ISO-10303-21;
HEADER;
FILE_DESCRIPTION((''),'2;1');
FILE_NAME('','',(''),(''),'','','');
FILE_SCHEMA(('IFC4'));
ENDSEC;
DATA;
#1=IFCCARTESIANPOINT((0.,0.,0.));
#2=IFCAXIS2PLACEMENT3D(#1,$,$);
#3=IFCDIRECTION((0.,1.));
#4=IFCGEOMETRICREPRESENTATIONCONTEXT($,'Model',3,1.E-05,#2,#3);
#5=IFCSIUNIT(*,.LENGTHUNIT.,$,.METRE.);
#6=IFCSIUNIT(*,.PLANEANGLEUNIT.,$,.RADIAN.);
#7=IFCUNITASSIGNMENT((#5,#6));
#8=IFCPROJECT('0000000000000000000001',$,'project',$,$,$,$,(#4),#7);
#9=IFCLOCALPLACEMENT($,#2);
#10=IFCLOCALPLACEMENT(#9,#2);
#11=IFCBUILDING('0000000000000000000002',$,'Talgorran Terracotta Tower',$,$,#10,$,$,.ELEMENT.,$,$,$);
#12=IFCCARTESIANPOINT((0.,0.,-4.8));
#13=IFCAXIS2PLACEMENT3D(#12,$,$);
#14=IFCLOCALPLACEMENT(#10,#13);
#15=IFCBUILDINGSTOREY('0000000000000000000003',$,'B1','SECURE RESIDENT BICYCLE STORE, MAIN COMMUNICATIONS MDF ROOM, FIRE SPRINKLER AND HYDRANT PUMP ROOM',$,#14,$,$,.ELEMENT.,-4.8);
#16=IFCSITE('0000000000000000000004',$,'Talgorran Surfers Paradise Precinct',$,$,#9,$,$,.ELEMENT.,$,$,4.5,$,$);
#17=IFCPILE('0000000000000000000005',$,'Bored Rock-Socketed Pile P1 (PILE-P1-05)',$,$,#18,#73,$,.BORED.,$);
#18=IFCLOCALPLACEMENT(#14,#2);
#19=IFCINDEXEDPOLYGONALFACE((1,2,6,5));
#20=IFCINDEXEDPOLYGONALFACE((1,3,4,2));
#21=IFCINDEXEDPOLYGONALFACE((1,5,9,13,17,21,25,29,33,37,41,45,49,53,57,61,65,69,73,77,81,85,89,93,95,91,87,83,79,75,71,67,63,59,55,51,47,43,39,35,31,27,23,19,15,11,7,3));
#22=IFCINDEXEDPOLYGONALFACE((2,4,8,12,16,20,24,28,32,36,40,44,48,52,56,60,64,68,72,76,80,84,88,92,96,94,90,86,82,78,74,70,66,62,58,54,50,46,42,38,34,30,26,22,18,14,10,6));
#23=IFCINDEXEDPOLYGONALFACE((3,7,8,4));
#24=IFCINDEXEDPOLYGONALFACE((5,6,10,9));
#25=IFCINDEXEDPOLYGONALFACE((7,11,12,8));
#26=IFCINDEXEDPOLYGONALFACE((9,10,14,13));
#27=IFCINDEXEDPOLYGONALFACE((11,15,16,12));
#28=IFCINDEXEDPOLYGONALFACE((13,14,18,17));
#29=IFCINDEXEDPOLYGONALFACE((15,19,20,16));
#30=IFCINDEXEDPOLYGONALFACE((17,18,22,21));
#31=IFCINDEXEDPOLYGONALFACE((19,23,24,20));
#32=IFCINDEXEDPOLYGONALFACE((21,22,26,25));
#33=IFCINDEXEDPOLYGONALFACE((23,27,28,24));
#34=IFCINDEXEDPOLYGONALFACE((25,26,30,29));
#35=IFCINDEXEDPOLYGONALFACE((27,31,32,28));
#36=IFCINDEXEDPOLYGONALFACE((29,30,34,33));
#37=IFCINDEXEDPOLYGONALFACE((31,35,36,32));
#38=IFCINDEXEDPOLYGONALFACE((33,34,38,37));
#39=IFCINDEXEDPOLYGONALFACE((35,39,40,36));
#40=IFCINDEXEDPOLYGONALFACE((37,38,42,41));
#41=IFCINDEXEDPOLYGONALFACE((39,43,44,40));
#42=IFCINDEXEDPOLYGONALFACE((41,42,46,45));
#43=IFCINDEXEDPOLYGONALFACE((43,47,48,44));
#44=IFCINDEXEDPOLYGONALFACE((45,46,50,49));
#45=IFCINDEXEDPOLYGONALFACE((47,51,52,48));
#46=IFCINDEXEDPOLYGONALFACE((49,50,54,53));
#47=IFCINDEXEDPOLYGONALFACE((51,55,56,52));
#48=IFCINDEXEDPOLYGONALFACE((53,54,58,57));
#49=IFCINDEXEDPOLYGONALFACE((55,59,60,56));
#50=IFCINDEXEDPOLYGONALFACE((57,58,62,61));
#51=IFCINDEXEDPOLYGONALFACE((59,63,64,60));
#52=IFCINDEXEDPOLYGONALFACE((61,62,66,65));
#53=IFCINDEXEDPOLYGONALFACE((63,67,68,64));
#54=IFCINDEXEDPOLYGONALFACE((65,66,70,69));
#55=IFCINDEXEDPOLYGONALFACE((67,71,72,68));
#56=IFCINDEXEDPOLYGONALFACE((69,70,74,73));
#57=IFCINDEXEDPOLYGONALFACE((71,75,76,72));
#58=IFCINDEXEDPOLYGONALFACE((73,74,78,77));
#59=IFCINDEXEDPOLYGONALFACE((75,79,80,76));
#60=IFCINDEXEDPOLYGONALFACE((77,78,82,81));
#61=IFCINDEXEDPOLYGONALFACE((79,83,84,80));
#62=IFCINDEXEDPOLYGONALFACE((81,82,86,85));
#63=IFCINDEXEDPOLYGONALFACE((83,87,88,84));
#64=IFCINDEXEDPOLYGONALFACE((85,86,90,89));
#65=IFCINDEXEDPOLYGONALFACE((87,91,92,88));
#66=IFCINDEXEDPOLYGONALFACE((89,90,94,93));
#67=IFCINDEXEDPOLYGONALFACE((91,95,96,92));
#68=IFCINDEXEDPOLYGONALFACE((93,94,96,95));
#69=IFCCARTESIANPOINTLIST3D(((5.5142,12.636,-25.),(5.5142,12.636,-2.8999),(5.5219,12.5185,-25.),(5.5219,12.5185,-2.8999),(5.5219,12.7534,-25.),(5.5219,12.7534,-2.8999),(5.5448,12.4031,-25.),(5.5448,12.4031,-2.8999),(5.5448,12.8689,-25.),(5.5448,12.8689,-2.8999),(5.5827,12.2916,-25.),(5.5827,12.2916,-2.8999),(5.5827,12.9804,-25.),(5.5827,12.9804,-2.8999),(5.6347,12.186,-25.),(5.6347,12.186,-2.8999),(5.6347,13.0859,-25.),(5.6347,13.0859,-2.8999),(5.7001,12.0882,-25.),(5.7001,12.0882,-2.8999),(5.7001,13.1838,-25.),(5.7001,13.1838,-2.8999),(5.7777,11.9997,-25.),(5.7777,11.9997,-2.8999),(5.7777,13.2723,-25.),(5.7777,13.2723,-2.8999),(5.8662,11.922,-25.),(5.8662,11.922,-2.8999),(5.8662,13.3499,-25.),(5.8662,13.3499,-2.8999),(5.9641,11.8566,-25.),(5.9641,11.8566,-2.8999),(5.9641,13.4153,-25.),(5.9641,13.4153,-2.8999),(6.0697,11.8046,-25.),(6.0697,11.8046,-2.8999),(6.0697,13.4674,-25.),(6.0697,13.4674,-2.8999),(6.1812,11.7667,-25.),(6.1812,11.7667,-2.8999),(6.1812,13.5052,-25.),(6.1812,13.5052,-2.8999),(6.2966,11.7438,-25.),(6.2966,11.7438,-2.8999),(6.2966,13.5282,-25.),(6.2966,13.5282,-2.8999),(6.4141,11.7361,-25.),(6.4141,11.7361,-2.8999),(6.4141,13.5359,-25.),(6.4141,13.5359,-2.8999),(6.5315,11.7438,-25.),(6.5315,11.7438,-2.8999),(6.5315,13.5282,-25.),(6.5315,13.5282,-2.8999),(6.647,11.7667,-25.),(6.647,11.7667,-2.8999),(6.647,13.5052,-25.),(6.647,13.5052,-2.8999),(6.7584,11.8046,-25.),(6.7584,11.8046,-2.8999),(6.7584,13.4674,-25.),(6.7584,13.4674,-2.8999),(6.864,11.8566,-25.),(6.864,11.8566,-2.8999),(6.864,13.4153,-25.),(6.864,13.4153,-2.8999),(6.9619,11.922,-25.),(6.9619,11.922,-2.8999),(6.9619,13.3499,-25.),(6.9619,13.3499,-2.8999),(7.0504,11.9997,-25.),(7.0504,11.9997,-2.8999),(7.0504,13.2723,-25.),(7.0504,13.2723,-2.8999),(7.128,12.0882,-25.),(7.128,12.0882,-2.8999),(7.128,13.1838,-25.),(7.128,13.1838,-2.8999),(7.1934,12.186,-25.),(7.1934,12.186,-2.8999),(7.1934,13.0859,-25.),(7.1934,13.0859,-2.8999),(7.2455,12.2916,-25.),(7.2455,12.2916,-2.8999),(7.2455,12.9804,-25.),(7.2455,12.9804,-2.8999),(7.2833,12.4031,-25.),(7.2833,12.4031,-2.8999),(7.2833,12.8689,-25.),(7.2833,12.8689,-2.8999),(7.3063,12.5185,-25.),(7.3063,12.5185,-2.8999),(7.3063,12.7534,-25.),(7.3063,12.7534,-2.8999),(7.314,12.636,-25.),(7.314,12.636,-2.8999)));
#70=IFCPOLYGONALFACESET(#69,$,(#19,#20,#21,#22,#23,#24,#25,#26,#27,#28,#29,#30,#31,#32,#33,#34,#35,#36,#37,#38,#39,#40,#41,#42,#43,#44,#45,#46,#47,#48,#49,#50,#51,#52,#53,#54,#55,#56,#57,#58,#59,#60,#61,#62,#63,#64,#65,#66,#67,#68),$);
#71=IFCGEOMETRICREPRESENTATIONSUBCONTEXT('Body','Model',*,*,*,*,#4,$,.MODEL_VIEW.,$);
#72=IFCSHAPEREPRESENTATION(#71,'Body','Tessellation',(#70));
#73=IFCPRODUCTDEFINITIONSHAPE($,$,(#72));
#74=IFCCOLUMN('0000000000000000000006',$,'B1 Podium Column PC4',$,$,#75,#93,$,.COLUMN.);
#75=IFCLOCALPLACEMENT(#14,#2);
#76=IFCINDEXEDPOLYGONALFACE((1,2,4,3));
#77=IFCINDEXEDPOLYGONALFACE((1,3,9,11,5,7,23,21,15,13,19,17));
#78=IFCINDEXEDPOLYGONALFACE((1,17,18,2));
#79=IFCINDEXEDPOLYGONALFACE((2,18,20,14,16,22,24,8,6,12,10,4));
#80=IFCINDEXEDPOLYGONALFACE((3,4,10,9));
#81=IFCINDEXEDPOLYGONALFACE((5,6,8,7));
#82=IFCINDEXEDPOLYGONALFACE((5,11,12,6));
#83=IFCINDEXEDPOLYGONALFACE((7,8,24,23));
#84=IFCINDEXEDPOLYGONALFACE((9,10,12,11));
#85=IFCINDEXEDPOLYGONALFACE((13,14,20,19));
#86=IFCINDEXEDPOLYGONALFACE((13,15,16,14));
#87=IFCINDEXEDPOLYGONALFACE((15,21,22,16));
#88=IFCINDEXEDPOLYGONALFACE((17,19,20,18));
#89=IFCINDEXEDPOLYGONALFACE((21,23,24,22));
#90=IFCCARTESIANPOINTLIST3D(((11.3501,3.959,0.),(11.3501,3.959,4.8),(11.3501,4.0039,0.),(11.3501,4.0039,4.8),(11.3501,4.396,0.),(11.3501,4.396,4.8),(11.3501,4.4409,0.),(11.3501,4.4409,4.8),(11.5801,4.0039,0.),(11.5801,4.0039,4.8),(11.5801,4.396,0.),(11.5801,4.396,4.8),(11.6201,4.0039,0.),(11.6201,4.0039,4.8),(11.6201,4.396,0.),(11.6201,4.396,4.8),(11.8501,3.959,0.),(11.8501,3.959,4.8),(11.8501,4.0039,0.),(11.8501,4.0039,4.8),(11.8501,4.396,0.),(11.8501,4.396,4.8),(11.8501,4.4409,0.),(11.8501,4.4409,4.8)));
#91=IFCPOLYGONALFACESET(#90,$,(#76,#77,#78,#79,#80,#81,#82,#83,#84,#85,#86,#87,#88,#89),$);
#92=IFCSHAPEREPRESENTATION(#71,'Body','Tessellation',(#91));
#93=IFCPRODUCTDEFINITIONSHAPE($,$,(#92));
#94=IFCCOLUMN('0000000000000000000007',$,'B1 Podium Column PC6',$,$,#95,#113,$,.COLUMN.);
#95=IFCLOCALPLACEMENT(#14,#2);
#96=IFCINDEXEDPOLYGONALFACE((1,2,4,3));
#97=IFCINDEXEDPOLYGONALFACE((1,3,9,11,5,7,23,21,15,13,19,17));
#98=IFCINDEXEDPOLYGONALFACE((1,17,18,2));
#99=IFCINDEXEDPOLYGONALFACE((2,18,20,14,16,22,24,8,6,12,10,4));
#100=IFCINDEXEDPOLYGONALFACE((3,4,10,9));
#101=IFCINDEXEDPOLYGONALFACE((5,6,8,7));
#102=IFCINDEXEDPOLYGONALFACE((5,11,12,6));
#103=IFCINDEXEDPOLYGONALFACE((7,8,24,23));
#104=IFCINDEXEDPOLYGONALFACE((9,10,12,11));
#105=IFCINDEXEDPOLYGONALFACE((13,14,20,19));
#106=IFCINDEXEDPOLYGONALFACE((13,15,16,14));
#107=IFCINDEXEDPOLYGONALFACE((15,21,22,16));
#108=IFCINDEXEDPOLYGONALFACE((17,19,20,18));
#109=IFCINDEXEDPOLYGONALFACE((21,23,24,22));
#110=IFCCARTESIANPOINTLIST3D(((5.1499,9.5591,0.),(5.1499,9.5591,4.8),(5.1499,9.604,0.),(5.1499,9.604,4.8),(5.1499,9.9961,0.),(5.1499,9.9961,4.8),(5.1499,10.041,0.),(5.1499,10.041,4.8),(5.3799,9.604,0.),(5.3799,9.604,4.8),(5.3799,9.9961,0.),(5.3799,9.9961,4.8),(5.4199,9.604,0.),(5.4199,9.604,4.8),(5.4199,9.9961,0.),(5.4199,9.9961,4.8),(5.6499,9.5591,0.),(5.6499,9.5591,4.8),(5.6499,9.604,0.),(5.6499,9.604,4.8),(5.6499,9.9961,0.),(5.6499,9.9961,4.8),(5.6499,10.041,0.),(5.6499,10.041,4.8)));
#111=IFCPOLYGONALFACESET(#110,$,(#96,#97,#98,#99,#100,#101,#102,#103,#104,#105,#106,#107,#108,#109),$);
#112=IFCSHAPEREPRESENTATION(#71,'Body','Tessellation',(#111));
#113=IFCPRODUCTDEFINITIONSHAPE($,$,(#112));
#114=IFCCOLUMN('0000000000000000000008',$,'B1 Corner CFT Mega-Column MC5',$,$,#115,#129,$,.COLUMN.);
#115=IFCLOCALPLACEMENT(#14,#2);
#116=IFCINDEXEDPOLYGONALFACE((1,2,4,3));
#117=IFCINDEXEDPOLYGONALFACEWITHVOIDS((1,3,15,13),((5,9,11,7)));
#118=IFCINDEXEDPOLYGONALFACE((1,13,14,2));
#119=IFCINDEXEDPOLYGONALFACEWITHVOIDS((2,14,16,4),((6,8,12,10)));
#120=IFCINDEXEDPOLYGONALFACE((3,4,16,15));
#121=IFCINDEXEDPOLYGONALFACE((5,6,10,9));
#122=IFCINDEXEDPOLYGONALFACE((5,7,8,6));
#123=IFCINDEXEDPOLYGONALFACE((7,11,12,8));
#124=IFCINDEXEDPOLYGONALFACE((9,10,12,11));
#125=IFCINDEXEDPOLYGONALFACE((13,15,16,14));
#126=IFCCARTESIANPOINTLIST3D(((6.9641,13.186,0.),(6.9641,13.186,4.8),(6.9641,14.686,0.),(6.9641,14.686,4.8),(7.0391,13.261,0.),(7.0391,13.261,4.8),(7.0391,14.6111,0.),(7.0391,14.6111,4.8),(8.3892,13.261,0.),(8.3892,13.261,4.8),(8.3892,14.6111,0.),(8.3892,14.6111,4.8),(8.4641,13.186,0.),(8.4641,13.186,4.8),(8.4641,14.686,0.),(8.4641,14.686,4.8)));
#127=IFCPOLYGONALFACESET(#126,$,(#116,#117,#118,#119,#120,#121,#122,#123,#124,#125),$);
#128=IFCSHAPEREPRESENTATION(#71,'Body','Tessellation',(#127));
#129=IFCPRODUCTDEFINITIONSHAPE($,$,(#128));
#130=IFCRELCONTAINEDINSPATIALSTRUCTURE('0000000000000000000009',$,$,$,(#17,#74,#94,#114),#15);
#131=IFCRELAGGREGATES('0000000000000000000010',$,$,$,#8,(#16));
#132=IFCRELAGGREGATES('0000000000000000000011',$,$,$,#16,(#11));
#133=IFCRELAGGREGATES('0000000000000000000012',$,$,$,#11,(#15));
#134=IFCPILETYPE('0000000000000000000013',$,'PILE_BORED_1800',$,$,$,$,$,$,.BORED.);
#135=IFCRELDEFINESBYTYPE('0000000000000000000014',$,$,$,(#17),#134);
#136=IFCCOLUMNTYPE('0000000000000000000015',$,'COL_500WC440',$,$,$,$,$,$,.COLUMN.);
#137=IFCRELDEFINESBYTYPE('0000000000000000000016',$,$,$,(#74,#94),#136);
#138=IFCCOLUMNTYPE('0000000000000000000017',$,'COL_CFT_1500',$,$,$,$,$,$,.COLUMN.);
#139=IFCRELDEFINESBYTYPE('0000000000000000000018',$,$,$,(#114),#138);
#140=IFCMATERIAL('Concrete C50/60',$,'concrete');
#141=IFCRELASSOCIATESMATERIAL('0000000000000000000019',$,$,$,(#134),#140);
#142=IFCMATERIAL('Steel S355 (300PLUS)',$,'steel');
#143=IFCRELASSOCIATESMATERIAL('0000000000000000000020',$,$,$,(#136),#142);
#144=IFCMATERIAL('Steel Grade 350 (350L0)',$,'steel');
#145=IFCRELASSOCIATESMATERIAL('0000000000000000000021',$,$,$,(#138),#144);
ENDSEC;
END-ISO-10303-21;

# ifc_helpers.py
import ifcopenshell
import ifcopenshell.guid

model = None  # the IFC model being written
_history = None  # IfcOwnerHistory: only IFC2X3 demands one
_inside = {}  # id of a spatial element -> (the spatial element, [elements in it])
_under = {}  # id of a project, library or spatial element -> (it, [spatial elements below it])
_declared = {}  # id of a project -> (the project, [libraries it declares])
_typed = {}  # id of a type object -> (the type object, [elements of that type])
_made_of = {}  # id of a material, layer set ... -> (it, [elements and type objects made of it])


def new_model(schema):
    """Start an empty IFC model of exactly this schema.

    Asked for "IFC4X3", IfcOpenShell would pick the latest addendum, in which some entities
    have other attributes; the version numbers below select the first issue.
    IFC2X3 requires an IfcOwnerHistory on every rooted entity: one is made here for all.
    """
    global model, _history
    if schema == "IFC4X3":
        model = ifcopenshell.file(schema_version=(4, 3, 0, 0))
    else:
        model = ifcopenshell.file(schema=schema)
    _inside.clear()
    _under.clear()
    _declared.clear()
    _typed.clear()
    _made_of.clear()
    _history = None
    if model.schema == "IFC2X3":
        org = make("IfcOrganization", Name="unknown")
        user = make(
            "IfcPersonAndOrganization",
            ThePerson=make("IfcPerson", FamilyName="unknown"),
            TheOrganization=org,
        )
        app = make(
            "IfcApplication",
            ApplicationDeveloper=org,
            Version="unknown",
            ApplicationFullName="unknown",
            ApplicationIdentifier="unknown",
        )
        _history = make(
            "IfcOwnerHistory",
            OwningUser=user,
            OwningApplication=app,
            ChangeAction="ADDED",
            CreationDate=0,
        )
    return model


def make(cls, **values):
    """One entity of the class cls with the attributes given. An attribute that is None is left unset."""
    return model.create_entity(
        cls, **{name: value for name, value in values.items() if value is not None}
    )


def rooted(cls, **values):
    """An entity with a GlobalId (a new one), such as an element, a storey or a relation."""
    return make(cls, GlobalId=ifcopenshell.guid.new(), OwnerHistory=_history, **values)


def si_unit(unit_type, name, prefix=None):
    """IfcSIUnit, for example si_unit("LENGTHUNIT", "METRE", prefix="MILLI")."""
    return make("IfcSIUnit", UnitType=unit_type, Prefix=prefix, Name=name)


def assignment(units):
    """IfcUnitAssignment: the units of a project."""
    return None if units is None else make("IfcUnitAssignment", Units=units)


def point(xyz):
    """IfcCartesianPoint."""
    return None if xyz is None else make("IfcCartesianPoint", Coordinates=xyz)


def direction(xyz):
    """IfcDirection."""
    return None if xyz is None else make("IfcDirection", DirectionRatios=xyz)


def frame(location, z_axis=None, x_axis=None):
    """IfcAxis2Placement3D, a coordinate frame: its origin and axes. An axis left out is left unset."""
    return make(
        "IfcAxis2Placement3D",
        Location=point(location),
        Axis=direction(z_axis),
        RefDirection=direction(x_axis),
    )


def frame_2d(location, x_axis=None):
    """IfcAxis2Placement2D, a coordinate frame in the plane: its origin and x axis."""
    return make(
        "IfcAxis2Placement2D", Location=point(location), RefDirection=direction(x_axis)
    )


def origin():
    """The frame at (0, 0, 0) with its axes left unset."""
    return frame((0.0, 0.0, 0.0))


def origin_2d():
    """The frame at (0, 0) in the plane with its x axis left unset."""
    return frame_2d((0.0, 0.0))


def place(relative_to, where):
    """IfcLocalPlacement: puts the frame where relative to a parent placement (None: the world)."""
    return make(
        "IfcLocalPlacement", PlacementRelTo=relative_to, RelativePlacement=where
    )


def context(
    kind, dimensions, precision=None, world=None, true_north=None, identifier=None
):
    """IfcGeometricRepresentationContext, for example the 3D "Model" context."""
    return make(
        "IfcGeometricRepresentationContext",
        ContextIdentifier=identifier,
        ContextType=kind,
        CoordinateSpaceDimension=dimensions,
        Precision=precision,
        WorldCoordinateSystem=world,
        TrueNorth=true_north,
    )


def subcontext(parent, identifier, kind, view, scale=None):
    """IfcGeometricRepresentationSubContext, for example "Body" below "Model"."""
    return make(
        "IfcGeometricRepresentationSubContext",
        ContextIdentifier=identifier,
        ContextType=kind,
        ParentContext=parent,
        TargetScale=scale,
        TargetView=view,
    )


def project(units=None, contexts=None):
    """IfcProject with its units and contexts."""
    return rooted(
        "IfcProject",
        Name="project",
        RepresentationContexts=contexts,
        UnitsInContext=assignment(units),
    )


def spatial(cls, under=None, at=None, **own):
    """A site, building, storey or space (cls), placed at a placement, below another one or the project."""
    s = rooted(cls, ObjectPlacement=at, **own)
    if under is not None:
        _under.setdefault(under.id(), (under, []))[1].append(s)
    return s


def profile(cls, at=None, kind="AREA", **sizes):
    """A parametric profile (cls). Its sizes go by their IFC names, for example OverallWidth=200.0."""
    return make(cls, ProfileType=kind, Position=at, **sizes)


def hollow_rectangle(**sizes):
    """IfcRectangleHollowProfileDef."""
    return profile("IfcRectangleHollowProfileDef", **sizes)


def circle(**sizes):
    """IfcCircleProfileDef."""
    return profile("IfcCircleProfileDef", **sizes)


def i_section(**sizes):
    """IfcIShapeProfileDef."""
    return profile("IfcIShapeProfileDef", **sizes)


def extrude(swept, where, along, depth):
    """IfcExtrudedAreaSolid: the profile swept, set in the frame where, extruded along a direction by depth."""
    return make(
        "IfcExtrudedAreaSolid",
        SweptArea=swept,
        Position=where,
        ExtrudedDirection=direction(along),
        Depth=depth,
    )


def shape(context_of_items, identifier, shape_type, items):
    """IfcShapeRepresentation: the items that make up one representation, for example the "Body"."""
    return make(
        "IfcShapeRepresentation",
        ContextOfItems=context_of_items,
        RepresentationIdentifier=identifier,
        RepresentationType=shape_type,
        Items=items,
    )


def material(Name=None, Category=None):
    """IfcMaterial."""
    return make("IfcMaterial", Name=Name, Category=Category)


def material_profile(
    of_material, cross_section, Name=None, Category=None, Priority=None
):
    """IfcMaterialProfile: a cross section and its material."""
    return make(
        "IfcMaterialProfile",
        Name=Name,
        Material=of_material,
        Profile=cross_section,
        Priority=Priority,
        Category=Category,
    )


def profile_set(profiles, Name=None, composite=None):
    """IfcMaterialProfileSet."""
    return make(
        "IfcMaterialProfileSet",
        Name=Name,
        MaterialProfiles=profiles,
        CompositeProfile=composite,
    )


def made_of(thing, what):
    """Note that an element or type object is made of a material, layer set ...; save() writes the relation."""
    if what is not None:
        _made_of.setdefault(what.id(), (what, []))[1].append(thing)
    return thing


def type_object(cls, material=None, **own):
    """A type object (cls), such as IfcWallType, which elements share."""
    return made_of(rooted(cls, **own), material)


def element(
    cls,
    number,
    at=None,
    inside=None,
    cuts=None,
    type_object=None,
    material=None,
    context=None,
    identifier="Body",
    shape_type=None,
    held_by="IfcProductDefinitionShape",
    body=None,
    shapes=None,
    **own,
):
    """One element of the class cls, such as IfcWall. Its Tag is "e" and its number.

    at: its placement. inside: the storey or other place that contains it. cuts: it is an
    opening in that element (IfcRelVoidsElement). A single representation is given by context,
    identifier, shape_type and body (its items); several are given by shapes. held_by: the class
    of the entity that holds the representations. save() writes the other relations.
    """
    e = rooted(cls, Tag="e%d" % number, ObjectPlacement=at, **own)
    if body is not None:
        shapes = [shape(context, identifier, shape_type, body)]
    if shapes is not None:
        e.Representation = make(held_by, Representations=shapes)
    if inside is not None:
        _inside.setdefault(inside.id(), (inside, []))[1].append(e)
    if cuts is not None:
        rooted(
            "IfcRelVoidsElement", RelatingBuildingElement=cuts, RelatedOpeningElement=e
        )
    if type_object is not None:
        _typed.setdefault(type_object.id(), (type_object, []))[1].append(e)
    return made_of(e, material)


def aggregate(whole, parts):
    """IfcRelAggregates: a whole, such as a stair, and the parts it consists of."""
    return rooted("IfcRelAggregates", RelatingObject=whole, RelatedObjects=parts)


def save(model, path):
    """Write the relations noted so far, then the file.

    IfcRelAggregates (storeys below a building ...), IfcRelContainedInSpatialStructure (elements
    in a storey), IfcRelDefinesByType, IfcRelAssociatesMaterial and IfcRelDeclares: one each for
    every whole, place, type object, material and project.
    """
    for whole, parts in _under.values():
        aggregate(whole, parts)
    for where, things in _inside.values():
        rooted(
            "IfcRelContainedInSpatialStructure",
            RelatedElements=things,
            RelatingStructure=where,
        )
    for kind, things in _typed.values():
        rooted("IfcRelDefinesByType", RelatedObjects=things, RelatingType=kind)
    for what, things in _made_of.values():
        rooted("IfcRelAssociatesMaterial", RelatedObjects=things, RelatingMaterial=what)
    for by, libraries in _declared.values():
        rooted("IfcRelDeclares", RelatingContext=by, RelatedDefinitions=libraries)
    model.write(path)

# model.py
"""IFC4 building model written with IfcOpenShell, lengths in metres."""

from ifc_helpers import new_model, si_unit, direction, frame, origin, origin_2d, place, context, subcontext, project, spatial, hollow_rectangle, circle, i_section, extrude, material, material_profile, profile_set, type_object, element, save


model = new_model("IFC4")

# Units and contexts
model_context = context("Model", 3, precision=1e-05, world=origin(), true_north=direction((0.0, 1.0)))
body_context = subcontext(model_context, "Body", "Model", "MODEL_VIEW")
ifc_project = project(units=[si_unit("LENGTHUNIT", "METRE"), si_unit("PLANEANGLEUNIT", "RADIAN")], contexts=[model_context])

# Site, building, storey
site_placement = place(None, origin())
site = spatial("IfcSite", under=ifc_project, at=site_placement, Name="Talgorran Surfers Paradise Precinct", CompositionType="ELEMENT", RefElevation=4.5)
building_placement = place(site_placement, origin())
building = spatial("IfcBuilding", under=site, at=building_placement, Name="Talgorran Terracotta Tower", CompositionType="ELEMENT")
storey_placement = place(building_placement, frame((0.0, 0.0, -4.8)))
storey = spatial("IfcBuildingStorey", under=building, at=storey_placement, Name="B1", Description="SECURE RESIDENT BICYCLE STORE, MAIN COMMUNICATIONS MDF ROOM, FIRE SPRINKLER AND HYDRANT PUMP ROOM", CompositionType="ELEMENT", Elevation=-4.8)

# Shared definitions
ifc_material_1 = material(Name="Concrete C50/60", Category="concrete")

# Pile
ifc_material_profile_1 = material_profile(ifc_material_1, circle(Radius=0.8999, at=origin_2d()), Name="PILE1800")
ifc_profile_set_1 = profile_set([ifc_material_profile_1], Name="Concrete C50/60")
pile_type_1 = type_object("IfcPileType", Name="PILE_BORED_1800", PredefinedType="BORED", material=ifc_profile_set_1)
pile_placement = place(storey_placement, frame((6.4141, 12.636, -2.8999), z_axis=(0.0, 0.0, -1.0), x_axis=(1.0, 0.0, 0.0)))
element("IfcPile", 1, at=pile_placement, inside=storey, type_object=pile_type_1, Name="Bored Rock-Socketed Pile P1 (PILE-P1-05)", PredefinedType="BORED", context=body_context, shape_type="SweptSolid", body=[
    extrude(circle(Radius=0.8999, at=origin_2d()), origin(), (0.0, 0.0, 1.0), 22.1001),
])

# Columns
ifc_material_2 = material(Name="Steel S355 (300PLUS)", Category="steel")
ifc_material_profile_2 = material_profile(ifc_material_2, i_section(OverallWidth=0.5, OverallDepth=0.4819, WebThickness=0.04, FlangeThickness=0.0449, at=origin_2d()), Name="500WC440")
ifc_profile_set_2 = profile_set([ifc_material_profile_2], Name="Steel S355 (300PLUS)")
column_type_1 = type_object("IfcColumnType", Name="COL_500WC440", PredefinedType="COLUMN", material=ifc_profile_set_2)
for number, where, z_axis, x_axis, name in (
    (2, (11.6001, 4.2, 0.0), (0.0, 0.0, 1.0), (1.0, 0.0, 0.0), "B1 Podium Column PC4"),
    (3, (5.3999, 9.8, 0.0), (0.0, 0.0, 1.0), (1.0, 0.0, 0.0), "B1 Podium Column PC6"),
):
    element("IfcColumn", number, at=place(storey_placement, frame(where, z_axis=z_axis, x_axis=x_axis)), inside=storey, type_object=column_type_1, Name=name, PredefinedType="COLUMN", context=body_context, shape_type="SweptSolid", body=[
        extrude(i_section(OverallWidth=0.5, OverallDepth=0.4819, WebThickness=0.04, FlangeThickness=0.0449, at=origin_2d()), origin(), (0.0, 0.0, 1.0), 4.8),
    ])
ifc_material_3 = material(Name="Steel Grade 350 (350L0)", Category="steel")
ifc_material_profile_3 = material_profile(ifc_material_3, hollow_rectangle(XDim=1.5, YDim=1.5, WallThickness=0.075, at=origin_2d()), Name="CFT1500X1500X75")
ifc_profile_set_3 = profile_set([ifc_material_profile_3], Name="Steel Grade 350 (350L0)")
column_type_2 = type_object("IfcColumnType", Name="COL_CFT_1500", PredefinedType="COLUMN", material=ifc_profile_set_3)
column_1_placement = place(storey_placement, frame((7.7141, 13.936, 0.0), z_axis=(0.0, 0.0, 1.0), x_axis=(1.0, 0.0, 0.0)))
element("IfcColumn", 4, at=column_1_placement, inside=storey, type_object=column_type_2, Name="B1 Corner CFT Mega-Column MC5", PredefinedType="COLUMN", context=body_context, shape_type="SweptSolid", body=[
    extrude(hollow_rectangle(XDim=1.5, YDim=1.5, WallThickness=0.075, at=origin_2d()), origin(), (0.0, 0.0, 1.0), 4.8),
])

save(model, "model.ifc")
